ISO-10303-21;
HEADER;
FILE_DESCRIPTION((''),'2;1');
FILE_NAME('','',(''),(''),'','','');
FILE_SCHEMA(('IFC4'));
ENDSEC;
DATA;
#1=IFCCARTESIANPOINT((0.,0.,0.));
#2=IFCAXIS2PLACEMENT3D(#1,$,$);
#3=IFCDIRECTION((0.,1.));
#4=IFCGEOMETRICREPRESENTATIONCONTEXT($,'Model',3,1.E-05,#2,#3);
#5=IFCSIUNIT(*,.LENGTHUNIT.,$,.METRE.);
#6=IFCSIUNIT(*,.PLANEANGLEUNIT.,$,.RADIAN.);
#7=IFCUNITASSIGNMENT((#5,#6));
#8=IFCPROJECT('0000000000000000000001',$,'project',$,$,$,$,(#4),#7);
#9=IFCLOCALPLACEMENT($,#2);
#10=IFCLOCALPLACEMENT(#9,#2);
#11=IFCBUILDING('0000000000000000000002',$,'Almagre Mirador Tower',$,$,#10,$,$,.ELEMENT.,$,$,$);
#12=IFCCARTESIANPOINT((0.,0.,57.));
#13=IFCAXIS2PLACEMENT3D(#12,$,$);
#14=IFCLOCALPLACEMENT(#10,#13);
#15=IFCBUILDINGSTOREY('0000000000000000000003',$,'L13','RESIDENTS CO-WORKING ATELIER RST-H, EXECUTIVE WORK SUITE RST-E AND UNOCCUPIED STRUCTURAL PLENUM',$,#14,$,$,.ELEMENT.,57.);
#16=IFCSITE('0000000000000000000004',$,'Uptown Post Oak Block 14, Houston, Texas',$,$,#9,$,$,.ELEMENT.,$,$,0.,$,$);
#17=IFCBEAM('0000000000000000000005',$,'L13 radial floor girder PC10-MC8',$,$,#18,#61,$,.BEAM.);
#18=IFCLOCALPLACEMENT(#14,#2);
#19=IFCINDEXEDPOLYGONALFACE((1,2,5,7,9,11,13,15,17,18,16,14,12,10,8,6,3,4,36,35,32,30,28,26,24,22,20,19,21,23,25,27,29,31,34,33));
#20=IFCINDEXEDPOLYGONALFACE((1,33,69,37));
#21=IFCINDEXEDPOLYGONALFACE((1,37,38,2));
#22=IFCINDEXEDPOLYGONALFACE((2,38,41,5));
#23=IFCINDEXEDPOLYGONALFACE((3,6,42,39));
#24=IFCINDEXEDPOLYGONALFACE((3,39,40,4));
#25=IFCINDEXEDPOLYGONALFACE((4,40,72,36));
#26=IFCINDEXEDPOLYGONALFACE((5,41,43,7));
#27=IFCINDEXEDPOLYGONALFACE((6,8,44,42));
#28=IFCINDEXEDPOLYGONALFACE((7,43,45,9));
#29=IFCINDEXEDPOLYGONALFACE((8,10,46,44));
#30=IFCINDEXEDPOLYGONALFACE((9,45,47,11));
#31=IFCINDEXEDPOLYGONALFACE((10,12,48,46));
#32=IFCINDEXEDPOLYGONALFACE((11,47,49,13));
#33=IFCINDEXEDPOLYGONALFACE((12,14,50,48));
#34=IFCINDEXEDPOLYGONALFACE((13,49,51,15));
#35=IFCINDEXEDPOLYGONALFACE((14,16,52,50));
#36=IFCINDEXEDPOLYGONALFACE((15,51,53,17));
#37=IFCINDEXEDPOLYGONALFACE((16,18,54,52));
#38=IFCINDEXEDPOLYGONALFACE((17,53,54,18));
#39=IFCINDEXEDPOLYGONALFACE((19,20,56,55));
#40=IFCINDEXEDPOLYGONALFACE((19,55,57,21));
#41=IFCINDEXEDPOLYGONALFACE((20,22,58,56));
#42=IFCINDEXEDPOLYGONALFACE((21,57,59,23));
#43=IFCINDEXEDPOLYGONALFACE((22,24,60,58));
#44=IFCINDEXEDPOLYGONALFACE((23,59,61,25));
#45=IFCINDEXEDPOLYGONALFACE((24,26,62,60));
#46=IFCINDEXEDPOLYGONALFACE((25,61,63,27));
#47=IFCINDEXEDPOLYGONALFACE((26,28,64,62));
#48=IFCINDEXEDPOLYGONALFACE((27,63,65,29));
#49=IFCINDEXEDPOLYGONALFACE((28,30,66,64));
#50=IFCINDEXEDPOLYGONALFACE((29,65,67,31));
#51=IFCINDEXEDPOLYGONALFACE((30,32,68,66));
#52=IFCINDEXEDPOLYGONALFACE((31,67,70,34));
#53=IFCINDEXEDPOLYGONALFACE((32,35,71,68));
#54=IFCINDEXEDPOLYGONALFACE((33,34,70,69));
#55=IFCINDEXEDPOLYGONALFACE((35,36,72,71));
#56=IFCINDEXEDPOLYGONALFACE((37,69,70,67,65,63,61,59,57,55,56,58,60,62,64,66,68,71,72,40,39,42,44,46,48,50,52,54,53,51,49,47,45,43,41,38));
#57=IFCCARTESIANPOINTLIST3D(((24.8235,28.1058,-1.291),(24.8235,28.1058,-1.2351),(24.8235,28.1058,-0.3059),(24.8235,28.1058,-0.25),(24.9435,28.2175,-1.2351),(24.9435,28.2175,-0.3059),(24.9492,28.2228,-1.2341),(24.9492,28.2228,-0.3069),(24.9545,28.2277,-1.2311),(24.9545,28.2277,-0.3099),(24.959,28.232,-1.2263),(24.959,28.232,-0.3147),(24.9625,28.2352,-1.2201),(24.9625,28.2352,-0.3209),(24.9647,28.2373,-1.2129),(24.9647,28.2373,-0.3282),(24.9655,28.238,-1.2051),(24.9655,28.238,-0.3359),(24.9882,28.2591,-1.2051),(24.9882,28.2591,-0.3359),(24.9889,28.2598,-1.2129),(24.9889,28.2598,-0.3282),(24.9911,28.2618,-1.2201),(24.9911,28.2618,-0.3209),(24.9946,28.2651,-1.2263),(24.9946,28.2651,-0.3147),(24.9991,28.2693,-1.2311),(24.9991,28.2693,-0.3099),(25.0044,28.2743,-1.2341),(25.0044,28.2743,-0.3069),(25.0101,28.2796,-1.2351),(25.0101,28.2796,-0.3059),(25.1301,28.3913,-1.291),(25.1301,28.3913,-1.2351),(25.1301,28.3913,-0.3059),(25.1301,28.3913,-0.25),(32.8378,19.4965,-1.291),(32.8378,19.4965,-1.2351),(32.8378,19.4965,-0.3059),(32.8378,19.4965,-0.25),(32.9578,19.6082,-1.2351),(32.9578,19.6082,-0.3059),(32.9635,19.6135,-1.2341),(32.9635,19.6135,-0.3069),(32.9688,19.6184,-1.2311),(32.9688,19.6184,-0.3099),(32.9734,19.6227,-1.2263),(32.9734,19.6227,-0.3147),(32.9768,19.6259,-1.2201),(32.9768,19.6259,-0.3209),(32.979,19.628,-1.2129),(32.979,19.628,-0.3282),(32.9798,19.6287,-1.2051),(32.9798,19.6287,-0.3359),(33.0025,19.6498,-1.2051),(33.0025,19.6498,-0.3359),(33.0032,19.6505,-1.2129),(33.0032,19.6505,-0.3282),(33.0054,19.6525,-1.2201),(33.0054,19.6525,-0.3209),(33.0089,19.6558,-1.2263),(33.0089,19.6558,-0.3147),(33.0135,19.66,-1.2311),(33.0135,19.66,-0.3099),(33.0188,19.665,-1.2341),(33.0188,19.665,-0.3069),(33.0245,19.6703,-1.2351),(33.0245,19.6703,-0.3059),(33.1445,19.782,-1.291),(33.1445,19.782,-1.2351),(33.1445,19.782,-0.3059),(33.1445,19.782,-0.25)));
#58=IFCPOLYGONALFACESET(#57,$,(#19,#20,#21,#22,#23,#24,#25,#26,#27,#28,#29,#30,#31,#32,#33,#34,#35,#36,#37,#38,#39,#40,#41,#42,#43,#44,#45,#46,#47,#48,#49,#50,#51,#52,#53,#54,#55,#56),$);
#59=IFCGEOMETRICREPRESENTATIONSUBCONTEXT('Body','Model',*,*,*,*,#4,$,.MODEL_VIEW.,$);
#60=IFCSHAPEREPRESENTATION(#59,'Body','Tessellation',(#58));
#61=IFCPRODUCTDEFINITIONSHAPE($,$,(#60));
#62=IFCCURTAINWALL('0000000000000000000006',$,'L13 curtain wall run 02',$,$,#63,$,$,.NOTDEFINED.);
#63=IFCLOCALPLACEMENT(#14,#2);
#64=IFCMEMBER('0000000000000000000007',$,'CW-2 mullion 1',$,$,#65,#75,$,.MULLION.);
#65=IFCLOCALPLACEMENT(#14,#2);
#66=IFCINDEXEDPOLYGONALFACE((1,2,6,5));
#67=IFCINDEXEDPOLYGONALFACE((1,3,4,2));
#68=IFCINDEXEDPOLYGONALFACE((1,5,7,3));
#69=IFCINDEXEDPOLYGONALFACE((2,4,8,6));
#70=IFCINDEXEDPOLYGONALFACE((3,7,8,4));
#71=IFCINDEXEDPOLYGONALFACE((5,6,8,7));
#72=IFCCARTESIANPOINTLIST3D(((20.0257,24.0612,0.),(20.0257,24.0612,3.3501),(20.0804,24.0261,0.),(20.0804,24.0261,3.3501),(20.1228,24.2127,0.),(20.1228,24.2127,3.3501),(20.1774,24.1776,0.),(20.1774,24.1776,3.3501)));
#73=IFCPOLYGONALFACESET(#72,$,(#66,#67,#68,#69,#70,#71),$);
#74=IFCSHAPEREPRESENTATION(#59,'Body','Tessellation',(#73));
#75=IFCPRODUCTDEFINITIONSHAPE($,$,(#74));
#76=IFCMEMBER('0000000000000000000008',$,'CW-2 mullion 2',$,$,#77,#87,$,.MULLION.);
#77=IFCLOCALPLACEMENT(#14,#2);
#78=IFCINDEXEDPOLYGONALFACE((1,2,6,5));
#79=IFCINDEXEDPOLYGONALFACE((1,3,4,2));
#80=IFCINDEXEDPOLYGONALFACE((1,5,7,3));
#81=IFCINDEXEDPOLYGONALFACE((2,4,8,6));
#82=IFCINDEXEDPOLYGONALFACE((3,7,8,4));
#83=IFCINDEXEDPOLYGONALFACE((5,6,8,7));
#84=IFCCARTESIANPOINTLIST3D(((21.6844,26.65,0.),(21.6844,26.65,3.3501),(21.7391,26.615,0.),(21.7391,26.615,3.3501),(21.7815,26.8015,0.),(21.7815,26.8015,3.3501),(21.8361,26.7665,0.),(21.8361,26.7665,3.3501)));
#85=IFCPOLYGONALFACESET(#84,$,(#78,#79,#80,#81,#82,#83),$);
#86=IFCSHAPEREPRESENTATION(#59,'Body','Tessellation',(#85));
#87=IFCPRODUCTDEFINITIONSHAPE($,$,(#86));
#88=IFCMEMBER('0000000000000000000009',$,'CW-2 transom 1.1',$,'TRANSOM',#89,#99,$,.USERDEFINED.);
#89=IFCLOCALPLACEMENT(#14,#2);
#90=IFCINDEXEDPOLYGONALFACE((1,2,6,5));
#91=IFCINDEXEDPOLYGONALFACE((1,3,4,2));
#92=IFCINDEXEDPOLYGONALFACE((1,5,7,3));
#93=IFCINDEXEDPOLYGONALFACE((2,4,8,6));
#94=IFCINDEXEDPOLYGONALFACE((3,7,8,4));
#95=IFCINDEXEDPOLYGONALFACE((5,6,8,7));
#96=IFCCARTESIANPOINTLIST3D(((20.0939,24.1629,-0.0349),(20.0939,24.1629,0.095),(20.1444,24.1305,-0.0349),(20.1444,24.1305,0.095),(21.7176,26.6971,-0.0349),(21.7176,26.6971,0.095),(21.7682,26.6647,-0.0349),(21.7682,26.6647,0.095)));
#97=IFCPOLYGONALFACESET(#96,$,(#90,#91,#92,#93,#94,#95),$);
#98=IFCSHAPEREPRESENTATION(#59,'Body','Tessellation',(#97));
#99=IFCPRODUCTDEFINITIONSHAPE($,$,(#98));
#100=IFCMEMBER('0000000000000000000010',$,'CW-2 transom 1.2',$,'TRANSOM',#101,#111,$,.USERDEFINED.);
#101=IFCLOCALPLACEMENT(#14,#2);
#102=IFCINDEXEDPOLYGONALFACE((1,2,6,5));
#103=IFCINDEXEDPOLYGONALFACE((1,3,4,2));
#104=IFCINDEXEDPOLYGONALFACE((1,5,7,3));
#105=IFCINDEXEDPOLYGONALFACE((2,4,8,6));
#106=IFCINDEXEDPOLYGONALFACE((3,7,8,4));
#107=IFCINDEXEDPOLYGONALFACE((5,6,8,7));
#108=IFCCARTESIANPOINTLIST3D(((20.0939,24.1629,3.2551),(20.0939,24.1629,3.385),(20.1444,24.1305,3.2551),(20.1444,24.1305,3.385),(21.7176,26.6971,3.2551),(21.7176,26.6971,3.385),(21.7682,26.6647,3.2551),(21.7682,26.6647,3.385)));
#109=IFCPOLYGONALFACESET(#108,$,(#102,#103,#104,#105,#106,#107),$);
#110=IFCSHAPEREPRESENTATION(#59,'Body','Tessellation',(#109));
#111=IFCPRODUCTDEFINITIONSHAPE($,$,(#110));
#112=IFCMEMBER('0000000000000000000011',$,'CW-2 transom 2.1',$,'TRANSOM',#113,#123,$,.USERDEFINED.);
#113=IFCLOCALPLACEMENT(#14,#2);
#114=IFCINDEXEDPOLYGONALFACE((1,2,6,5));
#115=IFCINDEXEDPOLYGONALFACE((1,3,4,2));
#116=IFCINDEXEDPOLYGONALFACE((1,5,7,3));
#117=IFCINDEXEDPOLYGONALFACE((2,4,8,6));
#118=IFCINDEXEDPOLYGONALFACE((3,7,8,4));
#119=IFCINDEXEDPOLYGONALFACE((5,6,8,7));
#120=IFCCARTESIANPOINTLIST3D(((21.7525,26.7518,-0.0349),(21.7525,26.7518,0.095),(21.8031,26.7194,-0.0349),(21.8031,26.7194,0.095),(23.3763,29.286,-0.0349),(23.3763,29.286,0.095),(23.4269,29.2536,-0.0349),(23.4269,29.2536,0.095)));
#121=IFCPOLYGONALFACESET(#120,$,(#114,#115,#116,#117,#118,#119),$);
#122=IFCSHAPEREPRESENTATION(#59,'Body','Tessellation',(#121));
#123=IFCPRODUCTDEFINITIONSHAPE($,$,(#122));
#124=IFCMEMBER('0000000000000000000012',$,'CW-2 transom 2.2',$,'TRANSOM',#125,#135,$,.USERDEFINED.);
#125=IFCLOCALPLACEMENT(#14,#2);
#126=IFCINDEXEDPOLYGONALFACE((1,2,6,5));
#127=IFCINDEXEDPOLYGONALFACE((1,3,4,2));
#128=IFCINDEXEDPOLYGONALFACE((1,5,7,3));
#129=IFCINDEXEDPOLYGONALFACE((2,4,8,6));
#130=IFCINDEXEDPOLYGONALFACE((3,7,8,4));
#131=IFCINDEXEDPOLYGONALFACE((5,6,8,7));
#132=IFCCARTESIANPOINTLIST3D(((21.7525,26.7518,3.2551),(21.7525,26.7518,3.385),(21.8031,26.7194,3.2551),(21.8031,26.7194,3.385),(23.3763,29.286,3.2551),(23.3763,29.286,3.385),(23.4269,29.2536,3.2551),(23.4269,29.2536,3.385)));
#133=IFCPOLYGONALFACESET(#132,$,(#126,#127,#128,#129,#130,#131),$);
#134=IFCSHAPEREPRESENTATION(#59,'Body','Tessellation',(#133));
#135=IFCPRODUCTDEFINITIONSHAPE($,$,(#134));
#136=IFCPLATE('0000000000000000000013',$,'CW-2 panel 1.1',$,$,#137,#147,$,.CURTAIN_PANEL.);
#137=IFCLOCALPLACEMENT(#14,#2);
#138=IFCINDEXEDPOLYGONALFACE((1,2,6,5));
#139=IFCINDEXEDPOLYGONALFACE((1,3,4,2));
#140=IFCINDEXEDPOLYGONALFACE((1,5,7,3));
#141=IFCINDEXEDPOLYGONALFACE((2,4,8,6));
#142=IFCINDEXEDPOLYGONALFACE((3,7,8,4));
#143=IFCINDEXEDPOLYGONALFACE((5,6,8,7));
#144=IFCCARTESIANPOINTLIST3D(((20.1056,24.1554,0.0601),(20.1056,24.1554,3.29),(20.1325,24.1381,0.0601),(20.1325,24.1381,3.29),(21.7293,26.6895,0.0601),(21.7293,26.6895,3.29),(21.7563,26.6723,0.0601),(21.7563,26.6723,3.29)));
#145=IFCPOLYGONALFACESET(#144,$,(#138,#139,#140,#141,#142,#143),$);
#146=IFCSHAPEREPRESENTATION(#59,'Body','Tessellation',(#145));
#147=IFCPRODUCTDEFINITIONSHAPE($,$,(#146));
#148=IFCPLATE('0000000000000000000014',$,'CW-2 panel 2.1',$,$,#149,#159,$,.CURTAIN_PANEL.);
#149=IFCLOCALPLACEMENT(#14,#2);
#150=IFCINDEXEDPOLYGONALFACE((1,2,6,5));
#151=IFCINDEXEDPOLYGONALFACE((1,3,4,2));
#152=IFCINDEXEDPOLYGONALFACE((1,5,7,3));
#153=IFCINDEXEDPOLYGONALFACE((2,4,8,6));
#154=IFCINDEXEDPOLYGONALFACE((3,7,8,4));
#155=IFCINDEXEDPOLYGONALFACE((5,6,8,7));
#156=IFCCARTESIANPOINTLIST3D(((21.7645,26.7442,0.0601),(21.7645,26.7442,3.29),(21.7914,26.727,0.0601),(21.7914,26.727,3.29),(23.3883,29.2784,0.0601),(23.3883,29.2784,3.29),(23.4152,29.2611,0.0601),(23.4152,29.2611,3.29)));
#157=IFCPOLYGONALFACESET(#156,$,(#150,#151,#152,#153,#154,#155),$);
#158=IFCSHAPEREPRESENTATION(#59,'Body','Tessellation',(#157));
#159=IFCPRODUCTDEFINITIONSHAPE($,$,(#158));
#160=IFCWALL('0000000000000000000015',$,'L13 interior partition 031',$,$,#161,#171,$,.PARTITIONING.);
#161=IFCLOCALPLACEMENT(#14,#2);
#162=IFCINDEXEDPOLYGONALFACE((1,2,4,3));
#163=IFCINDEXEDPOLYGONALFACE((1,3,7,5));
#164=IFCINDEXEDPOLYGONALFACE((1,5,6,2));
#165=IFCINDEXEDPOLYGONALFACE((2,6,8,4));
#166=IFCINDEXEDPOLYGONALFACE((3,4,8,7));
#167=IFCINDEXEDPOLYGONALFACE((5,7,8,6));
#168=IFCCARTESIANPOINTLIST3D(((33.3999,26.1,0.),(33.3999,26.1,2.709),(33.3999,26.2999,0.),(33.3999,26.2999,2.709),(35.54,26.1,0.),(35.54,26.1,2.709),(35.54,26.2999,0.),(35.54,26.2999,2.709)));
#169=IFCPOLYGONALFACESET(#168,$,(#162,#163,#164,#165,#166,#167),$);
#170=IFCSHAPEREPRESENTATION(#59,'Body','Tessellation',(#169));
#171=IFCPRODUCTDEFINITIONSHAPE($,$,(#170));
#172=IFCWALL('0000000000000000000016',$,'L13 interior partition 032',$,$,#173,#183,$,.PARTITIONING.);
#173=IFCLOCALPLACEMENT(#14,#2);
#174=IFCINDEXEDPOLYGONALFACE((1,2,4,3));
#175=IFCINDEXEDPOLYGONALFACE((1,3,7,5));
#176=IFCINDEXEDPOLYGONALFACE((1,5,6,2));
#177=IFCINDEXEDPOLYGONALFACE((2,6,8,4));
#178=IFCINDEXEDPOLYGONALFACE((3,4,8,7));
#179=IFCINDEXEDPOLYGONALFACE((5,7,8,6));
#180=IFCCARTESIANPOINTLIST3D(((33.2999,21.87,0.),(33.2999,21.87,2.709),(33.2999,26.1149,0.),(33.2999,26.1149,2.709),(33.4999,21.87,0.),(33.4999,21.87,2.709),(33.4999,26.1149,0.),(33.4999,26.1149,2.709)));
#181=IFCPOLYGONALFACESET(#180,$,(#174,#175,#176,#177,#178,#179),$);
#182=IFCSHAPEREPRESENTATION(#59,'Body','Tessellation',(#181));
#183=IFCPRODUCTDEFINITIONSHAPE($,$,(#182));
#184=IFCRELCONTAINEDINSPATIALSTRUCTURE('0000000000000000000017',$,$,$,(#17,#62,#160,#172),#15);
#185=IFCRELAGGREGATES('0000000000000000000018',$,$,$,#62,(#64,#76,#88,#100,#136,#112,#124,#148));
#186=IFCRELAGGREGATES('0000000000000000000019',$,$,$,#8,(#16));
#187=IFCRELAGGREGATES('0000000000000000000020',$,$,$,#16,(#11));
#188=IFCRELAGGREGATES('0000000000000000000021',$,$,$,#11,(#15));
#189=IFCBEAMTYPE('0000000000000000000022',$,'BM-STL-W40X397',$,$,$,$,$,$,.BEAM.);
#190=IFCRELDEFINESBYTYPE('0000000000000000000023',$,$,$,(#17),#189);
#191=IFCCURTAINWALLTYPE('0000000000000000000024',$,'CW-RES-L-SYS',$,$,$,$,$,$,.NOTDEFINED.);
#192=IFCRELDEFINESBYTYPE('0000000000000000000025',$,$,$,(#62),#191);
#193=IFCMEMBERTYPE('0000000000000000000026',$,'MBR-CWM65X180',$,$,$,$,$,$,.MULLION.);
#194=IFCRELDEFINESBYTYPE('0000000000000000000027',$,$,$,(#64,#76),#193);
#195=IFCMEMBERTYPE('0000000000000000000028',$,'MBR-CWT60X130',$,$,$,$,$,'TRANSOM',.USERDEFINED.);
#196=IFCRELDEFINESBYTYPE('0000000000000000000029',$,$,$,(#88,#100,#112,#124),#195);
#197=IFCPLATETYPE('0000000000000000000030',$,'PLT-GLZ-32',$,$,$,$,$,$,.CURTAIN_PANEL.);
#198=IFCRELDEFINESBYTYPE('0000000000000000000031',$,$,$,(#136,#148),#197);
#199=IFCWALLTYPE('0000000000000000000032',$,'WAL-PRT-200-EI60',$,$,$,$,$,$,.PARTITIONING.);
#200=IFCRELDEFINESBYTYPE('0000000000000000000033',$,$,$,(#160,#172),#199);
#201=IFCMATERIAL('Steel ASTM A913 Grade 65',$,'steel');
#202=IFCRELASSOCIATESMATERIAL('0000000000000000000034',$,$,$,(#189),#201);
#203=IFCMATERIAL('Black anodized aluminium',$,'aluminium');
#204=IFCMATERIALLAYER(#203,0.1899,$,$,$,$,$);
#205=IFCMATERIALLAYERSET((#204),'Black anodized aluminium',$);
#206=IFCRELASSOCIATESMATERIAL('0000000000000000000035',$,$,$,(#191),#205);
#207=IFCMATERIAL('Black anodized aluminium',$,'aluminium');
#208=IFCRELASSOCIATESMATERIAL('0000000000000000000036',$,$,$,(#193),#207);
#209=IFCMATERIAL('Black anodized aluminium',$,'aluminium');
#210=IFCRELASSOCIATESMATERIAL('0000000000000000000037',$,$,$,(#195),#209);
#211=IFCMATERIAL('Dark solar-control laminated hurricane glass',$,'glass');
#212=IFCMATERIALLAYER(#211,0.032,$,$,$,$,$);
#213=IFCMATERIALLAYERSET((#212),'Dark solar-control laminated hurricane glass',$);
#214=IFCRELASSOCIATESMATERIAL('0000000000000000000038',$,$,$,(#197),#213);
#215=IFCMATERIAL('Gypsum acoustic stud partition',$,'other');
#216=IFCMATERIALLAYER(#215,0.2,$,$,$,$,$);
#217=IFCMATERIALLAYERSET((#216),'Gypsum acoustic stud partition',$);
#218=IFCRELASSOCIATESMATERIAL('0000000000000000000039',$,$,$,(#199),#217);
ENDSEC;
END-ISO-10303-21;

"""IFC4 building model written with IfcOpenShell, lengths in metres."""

from ifc_helpers import new_model, si_unit, direction, frame, frame_2d, origin, origin_2d, place, context, subcontext, project, spatial, rectangle, i_section, extrude, material, layer, layer_set, material_profile, profile_set, type_object, element, aggregate, save


model = new_model("IFC4")

# Units and contexts
model_context = context("Model", 3, precision=1e-05, world=origin(), true_north=direction((0.0, 1.0)))
body_context = subcontext(model_context, "Body", "Model", "MODEL_VIEW")
ifc_project = project(units=[si_unit("LENGTHUNIT", "METRE"), si_unit("PLANEANGLEUNIT", "RADIAN")], contexts=[model_context])

# Site, building, storey
site_placement = place(None, origin())
site = spatial("IfcSite", under=ifc_project, at=site_placement, Name="Uptown Post Oak Block 14, Houston, Texas", CompositionType="ELEMENT", RefElevation=0.0)
building_placement = place(site_placement, origin())
building = spatial("IfcBuilding", under=site, at=building_placement, Name="Almagre Mirador Tower", CompositionType="ELEMENT")
storey_placement = place(building_placement, frame((0.0, 0.0, 57.0)))
storey = spatial("IfcBuildingStorey", under=building, at=storey_placement, Name="L13", Description="RESIDENTS CO-WORKING ATELIER RST-H, EXECUTIVE WORK SUITE RST-E AND UNOCCUPIED STRUCTURAL PLENUM", CompositionType="ELEMENT", Elevation=57.0)

# Beam
ifc_material_1 = material(Name="Steel ASTM A913 Grade 65", Category="steel")
ifc_material_profile_1 = material_profile(ifc_material_1, i_section(OverallWidth=0.4189, OverallDepth=1.041, WebThickness=0.031, FlangeThickness=0.0559, FilletRadius=0.03, at=origin_2d()), Name="W40X397")
ifc_profile_set_1 = profile_set([ifc_material_profile_1], Name="Steel ASTM A913 Grade 65")
beam_type_1 = type_object("IfcBeamType", Name="BM-STL-W40X397", PredefinedType="BEAM", material=ifc_profile_set_1)
beam_1_placement = place(storey_placement, frame((24.9768, 28.2485, -0.7705), z_axis=(0.681363, -0.731946, 0.0), x_axis=(0.731946, 0.681363, 0.0)))
element("IfcBeam", 1, at=beam_1_placement, inside=storey, type_object=beam_type_1, Name="L13 radial floor girder PC10-MC8", PredefinedType="BEAM", context=body_context, shape_type="SweptSolid", body=[
    extrude(i_section(OverallWidth=0.4189, OverallDepth=1.041, WebThickness=0.031, FlangeThickness=0.0559, FilletRadius=0.03, at=origin_2d()), origin(), (0.0, 0.0, 1.0), 11.7622),
])

# Curtain wall, members, plates
ifc_material_2 = material(Name="Black anodized aluminium", Category="aluminium")
ifc_layer_1 = layer(ifc_material_2, 0.1899)
ifc_layer_set_1 = layer_set([ifc_layer_1], Name="Black anodized aluminium")
curtain_wall_type = type_object("IfcCurtainWallType", Name="CW-RES-L-SYS", PredefinedType="NOTDEFINED", material=ifc_layer_set_1)
curtain_wall_placement = place(storey_placement, origin())
curtain_wall = element("IfcCurtainWall", 2, at=curtain_wall_placement, inside=storey, type_object=curtain_wall_type, Name="L13 curtain wall run 02", PredefinedType="NOTDEFINED")
ifc_material_3 = material(Name="Black anodized aluminium", Category="aluminium")
ifc_material_profile_2 = material_profile(ifc_material_3, rectangle(XDim=0.0649, YDim=0.1799, at=origin_2d()), Name="CWM65X180")
ifc_profile_set_2 = profile_set([ifc_material_profile_2], Name="Black anodized aluminium")
member_type_1 = type_object("IfcMemberType", Name="MBR-CWM65X180", PredefinedType="MULLION", material=ifc_profile_set_2)
member_1_placement = place(storey_placement, frame((20.1016, 24.1194, 0.0), z_axis=(0.0, 0.0, 1.0), x_axis=(-0.841986, 0.539499, 0.0)))
member_1 = element("IfcMember", 3, at=member_1_placement, type_object=member_type_1, Name="CW-2 mullion 1", PredefinedType="MULLION", context=body_context, shape_type="SweptSolid", body=[
    extrude(rectangle(XDim=0.0649, YDim=0.1799, at=origin_2d()), origin(), (0.0, 0.0, 1.0), 3.3501),
])
member_2_placement = place(storey_placement, frame((21.7603, 26.7083, 0.0), z_axis=(0.0, 0.0, 1.0), x_axis=(-0.841986, 0.539499, 0.0)))
member_2 = element("IfcMember", 4, at=member_2_placement, type_object=member_type_1, Name="CW-2 mullion 2", PredefinedType="MULLION", context=body_context, shape_type="SweptSolid", body=[
    extrude(rectangle(XDim=0.0649, YDim=0.1799, at=origin_2d()), origin(), (0.0, 0.0, 1.0), 3.3501),
])
ifc_material_4 = material(Name="Black anodized aluminium", Category="aluminium")
ifc_material_profile_3 = material_profile(ifc_material_4, rectangle(XDim=0.0601, YDim=0.1299, at=origin_2d()), Name="CWT60X130")
ifc_profile_set_3 = profile_set([ifc_material_profile_3], Name="Black anodized aluminium")
member_type_2 = type_object("IfcMemberType", Name="MBR-CWT60X130", ElementType="TRANSOM", PredefinedType="USERDEFINED", material=ifc_profile_set_3)
member_3_placement = place(storey_placement, frame((20.1191, 24.1467, 0.03), z_axis=(0.539502, 0.841984, 0.0), x_axis=(-0.841984, 0.539502, 0.0)))
member_3 = element("IfcMember", 5, at=member_3_placement, type_object=member_type_2, Name="CW-2 transom 1.1", ObjectType="TRANSOM", PredefinedType="USERDEFINED", context=body_context, shape_type="SweptSolid", body=[
    extrude(rectangle(XDim=0.0601, YDim=0.1299, at=origin_2d()), origin(), (0.0, 0.0, 1.0), 3.0098),
])
member_4_placement = place(storey_placement, frame((20.1191, 24.1467, 3.3201), z_axis=(0.539502, 0.841984, 0.0), x_axis=(-0.841984, 0.539502, 0.0)))
member_4 = element("IfcMember", 6, at=member_4_placement, type_object=member_type_2, Name="CW-2 transom 1.2", ObjectType="TRANSOM", PredefinedType="USERDEFINED", context=body_context, shape_type="SweptSolid", body=[
    extrude(rectangle(XDim=0.0601, YDim=0.1299, at=origin_2d()), origin(), (0.0, 0.0, 1.0), 3.0098),
])
member_5_placement = place(storey_placement, frame((21.7778, 26.7356, 0.03), z_axis=(0.539502, 0.841984, 0.0), x_axis=(-0.841984, 0.539502, 0.0)))
member_5 = element("IfcMember", 7, at=member_5_placement, type_object=member_type_2, Name="CW-2 transom 2.1", ObjectType="TRANSOM", PredefinedType="USERDEFINED", context=body_context, shape_type="SweptSolid", body=[
    extrude(rectangle(XDim=0.0601, YDim=0.1299, at=origin_2d()), origin(), (0.0, 0.0, 1.0), 3.0098),
])
member_6_placement = place(storey_placement, frame((21.7778, 26.7356, 3.3201), z_axis=(0.539502, 0.841984, 0.0), x_axis=(-0.841984, 0.539502, 0.0)))
member_6 = element("IfcMember", 8, at=member_6_placement, type_object=member_type_2, Name="CW-2 transom 2.2", ObjectType="TRANSOM", PredefinedType="USERDEFINED", context=body_context, shape_type="SweptSolid", body=[
    extrude(rectangle(XDim=0.0601, YDim=0.1299, at=origin_2d()), origin(), (0.0, 0.0, 1.0), 3.0098),
])
ifc_material_5 = material(Name="Dark solar-control laminated hurricane glass", Category="glass")
ifc_layer_2 = layer(ifc_material_5, 0.032)
ifc_layer_set_2 = layer_set([ifc_layer_2], Name="Dark solar-control laminated hurricane glass")
plate_type = type_object("IfcPlateType", Name="PLT-GLZ-32", PredefinedType="CURTAIN_PANEL", material=ifc_layer_set_2)
plate_1_placement = place(storey_placement, frame((20.9309, 25.4138, 0.0601), z_axis=(0.0, 0.0, 1.0), x_axis=(0.539499, 0.841986, 0.0)))
plate_1 = element("IfcPlate", 9, at=plate_1_placement, type_object=plate_type, Name="CW-2 panel 1.1", PredefinedType="CURTAIN_PANEL", context=body_context, shape_type="SweptSolid", body=[
    extrude(rectangle(XDim=3.0098, YDim=0.032, at=origin_2d()), origin(), (0.0, 0.0, 1.0), 3.23),
])
plate_2_placement = place(storey_placement, frame((22.5898, 28.0027, 0.0601), z_axis=(0.0, 0.0, 1.0), x_axis=(0.539499, 0.841986, 0.0)))
plate_2 = element("IfcPlate", 10, at=plate_2_placement, type_object=plate_type, Name="CW-2 panel 2.1", PredefinedType="CURTAIN_PANEL", context=body_context, shape_type="SweptSolid", body=[
    extrude(rectangle(XDim=3.0098, YDim=0.032, at=origin_2d()), origin(), (0.0, 0.0, 1.0), 3.23),
])
aggregate(curtain_wall, [member_1, member_2, member_3, member_4, plate_1, member_5, member_6, plate_2])

# Walls
ifc_material_6 = material(Name="Gypsum acoustic stud partition", Category="other")
ifc_layer_3 = layer(ifc_material_6, 0.2)
ifc_layer_set_3 = layer_set([ifc_layer_3], Name="Gypsum acoustic stud partition")
wall_type = type_object("IfcWallType", Name="WAL-PRT-200-EI60", PredefinedType="PARTITIONING", material=ifc_layer_set_3)
wall_1_placement = place(storey_placement, frame((35.54, 26.2, 0.0), z_axis=(0.0, 0.0, 1.0), x_axis=(-1.0, 0.0, 0.0)))
element("IfcWall", 11, at=wall_1_placement, inside=storey, type_object=wall_type, Name="L13 interior partition 031", PredefinedType="PARTITIONING", context=body_context, shape_type="SweptSolid", body=[
    extrude(rectangle(XDim=2.1401, YDim=0.2, at=frame_2d((1.0701, 0.0))), origin(), (0.0, 0.0, 1.0), 2.709),
])
wall_2_placement = place(storey_placement, frame((33.3999, 26.115, 0.0), z_axis=(0.0, 0.0, 1.0), x_axis=(0.0, -1.0, 0.0)))
element("IfcWall", 12, at=wall_2_placement, inside=storey, type_object=wall_type, Name="L13 interior partition 032", PredefinedType="PARTITIONING", context=body_context, shape_type="SweptSolid", body=[
    extrude(rectangle(XDim=4.2449, YDim=0.2, at=frame_2d((2.1226, 0.0))), origin(), (0.0, 0.0, 1.0), 2.709),
])

save(model, "model.ifc")
